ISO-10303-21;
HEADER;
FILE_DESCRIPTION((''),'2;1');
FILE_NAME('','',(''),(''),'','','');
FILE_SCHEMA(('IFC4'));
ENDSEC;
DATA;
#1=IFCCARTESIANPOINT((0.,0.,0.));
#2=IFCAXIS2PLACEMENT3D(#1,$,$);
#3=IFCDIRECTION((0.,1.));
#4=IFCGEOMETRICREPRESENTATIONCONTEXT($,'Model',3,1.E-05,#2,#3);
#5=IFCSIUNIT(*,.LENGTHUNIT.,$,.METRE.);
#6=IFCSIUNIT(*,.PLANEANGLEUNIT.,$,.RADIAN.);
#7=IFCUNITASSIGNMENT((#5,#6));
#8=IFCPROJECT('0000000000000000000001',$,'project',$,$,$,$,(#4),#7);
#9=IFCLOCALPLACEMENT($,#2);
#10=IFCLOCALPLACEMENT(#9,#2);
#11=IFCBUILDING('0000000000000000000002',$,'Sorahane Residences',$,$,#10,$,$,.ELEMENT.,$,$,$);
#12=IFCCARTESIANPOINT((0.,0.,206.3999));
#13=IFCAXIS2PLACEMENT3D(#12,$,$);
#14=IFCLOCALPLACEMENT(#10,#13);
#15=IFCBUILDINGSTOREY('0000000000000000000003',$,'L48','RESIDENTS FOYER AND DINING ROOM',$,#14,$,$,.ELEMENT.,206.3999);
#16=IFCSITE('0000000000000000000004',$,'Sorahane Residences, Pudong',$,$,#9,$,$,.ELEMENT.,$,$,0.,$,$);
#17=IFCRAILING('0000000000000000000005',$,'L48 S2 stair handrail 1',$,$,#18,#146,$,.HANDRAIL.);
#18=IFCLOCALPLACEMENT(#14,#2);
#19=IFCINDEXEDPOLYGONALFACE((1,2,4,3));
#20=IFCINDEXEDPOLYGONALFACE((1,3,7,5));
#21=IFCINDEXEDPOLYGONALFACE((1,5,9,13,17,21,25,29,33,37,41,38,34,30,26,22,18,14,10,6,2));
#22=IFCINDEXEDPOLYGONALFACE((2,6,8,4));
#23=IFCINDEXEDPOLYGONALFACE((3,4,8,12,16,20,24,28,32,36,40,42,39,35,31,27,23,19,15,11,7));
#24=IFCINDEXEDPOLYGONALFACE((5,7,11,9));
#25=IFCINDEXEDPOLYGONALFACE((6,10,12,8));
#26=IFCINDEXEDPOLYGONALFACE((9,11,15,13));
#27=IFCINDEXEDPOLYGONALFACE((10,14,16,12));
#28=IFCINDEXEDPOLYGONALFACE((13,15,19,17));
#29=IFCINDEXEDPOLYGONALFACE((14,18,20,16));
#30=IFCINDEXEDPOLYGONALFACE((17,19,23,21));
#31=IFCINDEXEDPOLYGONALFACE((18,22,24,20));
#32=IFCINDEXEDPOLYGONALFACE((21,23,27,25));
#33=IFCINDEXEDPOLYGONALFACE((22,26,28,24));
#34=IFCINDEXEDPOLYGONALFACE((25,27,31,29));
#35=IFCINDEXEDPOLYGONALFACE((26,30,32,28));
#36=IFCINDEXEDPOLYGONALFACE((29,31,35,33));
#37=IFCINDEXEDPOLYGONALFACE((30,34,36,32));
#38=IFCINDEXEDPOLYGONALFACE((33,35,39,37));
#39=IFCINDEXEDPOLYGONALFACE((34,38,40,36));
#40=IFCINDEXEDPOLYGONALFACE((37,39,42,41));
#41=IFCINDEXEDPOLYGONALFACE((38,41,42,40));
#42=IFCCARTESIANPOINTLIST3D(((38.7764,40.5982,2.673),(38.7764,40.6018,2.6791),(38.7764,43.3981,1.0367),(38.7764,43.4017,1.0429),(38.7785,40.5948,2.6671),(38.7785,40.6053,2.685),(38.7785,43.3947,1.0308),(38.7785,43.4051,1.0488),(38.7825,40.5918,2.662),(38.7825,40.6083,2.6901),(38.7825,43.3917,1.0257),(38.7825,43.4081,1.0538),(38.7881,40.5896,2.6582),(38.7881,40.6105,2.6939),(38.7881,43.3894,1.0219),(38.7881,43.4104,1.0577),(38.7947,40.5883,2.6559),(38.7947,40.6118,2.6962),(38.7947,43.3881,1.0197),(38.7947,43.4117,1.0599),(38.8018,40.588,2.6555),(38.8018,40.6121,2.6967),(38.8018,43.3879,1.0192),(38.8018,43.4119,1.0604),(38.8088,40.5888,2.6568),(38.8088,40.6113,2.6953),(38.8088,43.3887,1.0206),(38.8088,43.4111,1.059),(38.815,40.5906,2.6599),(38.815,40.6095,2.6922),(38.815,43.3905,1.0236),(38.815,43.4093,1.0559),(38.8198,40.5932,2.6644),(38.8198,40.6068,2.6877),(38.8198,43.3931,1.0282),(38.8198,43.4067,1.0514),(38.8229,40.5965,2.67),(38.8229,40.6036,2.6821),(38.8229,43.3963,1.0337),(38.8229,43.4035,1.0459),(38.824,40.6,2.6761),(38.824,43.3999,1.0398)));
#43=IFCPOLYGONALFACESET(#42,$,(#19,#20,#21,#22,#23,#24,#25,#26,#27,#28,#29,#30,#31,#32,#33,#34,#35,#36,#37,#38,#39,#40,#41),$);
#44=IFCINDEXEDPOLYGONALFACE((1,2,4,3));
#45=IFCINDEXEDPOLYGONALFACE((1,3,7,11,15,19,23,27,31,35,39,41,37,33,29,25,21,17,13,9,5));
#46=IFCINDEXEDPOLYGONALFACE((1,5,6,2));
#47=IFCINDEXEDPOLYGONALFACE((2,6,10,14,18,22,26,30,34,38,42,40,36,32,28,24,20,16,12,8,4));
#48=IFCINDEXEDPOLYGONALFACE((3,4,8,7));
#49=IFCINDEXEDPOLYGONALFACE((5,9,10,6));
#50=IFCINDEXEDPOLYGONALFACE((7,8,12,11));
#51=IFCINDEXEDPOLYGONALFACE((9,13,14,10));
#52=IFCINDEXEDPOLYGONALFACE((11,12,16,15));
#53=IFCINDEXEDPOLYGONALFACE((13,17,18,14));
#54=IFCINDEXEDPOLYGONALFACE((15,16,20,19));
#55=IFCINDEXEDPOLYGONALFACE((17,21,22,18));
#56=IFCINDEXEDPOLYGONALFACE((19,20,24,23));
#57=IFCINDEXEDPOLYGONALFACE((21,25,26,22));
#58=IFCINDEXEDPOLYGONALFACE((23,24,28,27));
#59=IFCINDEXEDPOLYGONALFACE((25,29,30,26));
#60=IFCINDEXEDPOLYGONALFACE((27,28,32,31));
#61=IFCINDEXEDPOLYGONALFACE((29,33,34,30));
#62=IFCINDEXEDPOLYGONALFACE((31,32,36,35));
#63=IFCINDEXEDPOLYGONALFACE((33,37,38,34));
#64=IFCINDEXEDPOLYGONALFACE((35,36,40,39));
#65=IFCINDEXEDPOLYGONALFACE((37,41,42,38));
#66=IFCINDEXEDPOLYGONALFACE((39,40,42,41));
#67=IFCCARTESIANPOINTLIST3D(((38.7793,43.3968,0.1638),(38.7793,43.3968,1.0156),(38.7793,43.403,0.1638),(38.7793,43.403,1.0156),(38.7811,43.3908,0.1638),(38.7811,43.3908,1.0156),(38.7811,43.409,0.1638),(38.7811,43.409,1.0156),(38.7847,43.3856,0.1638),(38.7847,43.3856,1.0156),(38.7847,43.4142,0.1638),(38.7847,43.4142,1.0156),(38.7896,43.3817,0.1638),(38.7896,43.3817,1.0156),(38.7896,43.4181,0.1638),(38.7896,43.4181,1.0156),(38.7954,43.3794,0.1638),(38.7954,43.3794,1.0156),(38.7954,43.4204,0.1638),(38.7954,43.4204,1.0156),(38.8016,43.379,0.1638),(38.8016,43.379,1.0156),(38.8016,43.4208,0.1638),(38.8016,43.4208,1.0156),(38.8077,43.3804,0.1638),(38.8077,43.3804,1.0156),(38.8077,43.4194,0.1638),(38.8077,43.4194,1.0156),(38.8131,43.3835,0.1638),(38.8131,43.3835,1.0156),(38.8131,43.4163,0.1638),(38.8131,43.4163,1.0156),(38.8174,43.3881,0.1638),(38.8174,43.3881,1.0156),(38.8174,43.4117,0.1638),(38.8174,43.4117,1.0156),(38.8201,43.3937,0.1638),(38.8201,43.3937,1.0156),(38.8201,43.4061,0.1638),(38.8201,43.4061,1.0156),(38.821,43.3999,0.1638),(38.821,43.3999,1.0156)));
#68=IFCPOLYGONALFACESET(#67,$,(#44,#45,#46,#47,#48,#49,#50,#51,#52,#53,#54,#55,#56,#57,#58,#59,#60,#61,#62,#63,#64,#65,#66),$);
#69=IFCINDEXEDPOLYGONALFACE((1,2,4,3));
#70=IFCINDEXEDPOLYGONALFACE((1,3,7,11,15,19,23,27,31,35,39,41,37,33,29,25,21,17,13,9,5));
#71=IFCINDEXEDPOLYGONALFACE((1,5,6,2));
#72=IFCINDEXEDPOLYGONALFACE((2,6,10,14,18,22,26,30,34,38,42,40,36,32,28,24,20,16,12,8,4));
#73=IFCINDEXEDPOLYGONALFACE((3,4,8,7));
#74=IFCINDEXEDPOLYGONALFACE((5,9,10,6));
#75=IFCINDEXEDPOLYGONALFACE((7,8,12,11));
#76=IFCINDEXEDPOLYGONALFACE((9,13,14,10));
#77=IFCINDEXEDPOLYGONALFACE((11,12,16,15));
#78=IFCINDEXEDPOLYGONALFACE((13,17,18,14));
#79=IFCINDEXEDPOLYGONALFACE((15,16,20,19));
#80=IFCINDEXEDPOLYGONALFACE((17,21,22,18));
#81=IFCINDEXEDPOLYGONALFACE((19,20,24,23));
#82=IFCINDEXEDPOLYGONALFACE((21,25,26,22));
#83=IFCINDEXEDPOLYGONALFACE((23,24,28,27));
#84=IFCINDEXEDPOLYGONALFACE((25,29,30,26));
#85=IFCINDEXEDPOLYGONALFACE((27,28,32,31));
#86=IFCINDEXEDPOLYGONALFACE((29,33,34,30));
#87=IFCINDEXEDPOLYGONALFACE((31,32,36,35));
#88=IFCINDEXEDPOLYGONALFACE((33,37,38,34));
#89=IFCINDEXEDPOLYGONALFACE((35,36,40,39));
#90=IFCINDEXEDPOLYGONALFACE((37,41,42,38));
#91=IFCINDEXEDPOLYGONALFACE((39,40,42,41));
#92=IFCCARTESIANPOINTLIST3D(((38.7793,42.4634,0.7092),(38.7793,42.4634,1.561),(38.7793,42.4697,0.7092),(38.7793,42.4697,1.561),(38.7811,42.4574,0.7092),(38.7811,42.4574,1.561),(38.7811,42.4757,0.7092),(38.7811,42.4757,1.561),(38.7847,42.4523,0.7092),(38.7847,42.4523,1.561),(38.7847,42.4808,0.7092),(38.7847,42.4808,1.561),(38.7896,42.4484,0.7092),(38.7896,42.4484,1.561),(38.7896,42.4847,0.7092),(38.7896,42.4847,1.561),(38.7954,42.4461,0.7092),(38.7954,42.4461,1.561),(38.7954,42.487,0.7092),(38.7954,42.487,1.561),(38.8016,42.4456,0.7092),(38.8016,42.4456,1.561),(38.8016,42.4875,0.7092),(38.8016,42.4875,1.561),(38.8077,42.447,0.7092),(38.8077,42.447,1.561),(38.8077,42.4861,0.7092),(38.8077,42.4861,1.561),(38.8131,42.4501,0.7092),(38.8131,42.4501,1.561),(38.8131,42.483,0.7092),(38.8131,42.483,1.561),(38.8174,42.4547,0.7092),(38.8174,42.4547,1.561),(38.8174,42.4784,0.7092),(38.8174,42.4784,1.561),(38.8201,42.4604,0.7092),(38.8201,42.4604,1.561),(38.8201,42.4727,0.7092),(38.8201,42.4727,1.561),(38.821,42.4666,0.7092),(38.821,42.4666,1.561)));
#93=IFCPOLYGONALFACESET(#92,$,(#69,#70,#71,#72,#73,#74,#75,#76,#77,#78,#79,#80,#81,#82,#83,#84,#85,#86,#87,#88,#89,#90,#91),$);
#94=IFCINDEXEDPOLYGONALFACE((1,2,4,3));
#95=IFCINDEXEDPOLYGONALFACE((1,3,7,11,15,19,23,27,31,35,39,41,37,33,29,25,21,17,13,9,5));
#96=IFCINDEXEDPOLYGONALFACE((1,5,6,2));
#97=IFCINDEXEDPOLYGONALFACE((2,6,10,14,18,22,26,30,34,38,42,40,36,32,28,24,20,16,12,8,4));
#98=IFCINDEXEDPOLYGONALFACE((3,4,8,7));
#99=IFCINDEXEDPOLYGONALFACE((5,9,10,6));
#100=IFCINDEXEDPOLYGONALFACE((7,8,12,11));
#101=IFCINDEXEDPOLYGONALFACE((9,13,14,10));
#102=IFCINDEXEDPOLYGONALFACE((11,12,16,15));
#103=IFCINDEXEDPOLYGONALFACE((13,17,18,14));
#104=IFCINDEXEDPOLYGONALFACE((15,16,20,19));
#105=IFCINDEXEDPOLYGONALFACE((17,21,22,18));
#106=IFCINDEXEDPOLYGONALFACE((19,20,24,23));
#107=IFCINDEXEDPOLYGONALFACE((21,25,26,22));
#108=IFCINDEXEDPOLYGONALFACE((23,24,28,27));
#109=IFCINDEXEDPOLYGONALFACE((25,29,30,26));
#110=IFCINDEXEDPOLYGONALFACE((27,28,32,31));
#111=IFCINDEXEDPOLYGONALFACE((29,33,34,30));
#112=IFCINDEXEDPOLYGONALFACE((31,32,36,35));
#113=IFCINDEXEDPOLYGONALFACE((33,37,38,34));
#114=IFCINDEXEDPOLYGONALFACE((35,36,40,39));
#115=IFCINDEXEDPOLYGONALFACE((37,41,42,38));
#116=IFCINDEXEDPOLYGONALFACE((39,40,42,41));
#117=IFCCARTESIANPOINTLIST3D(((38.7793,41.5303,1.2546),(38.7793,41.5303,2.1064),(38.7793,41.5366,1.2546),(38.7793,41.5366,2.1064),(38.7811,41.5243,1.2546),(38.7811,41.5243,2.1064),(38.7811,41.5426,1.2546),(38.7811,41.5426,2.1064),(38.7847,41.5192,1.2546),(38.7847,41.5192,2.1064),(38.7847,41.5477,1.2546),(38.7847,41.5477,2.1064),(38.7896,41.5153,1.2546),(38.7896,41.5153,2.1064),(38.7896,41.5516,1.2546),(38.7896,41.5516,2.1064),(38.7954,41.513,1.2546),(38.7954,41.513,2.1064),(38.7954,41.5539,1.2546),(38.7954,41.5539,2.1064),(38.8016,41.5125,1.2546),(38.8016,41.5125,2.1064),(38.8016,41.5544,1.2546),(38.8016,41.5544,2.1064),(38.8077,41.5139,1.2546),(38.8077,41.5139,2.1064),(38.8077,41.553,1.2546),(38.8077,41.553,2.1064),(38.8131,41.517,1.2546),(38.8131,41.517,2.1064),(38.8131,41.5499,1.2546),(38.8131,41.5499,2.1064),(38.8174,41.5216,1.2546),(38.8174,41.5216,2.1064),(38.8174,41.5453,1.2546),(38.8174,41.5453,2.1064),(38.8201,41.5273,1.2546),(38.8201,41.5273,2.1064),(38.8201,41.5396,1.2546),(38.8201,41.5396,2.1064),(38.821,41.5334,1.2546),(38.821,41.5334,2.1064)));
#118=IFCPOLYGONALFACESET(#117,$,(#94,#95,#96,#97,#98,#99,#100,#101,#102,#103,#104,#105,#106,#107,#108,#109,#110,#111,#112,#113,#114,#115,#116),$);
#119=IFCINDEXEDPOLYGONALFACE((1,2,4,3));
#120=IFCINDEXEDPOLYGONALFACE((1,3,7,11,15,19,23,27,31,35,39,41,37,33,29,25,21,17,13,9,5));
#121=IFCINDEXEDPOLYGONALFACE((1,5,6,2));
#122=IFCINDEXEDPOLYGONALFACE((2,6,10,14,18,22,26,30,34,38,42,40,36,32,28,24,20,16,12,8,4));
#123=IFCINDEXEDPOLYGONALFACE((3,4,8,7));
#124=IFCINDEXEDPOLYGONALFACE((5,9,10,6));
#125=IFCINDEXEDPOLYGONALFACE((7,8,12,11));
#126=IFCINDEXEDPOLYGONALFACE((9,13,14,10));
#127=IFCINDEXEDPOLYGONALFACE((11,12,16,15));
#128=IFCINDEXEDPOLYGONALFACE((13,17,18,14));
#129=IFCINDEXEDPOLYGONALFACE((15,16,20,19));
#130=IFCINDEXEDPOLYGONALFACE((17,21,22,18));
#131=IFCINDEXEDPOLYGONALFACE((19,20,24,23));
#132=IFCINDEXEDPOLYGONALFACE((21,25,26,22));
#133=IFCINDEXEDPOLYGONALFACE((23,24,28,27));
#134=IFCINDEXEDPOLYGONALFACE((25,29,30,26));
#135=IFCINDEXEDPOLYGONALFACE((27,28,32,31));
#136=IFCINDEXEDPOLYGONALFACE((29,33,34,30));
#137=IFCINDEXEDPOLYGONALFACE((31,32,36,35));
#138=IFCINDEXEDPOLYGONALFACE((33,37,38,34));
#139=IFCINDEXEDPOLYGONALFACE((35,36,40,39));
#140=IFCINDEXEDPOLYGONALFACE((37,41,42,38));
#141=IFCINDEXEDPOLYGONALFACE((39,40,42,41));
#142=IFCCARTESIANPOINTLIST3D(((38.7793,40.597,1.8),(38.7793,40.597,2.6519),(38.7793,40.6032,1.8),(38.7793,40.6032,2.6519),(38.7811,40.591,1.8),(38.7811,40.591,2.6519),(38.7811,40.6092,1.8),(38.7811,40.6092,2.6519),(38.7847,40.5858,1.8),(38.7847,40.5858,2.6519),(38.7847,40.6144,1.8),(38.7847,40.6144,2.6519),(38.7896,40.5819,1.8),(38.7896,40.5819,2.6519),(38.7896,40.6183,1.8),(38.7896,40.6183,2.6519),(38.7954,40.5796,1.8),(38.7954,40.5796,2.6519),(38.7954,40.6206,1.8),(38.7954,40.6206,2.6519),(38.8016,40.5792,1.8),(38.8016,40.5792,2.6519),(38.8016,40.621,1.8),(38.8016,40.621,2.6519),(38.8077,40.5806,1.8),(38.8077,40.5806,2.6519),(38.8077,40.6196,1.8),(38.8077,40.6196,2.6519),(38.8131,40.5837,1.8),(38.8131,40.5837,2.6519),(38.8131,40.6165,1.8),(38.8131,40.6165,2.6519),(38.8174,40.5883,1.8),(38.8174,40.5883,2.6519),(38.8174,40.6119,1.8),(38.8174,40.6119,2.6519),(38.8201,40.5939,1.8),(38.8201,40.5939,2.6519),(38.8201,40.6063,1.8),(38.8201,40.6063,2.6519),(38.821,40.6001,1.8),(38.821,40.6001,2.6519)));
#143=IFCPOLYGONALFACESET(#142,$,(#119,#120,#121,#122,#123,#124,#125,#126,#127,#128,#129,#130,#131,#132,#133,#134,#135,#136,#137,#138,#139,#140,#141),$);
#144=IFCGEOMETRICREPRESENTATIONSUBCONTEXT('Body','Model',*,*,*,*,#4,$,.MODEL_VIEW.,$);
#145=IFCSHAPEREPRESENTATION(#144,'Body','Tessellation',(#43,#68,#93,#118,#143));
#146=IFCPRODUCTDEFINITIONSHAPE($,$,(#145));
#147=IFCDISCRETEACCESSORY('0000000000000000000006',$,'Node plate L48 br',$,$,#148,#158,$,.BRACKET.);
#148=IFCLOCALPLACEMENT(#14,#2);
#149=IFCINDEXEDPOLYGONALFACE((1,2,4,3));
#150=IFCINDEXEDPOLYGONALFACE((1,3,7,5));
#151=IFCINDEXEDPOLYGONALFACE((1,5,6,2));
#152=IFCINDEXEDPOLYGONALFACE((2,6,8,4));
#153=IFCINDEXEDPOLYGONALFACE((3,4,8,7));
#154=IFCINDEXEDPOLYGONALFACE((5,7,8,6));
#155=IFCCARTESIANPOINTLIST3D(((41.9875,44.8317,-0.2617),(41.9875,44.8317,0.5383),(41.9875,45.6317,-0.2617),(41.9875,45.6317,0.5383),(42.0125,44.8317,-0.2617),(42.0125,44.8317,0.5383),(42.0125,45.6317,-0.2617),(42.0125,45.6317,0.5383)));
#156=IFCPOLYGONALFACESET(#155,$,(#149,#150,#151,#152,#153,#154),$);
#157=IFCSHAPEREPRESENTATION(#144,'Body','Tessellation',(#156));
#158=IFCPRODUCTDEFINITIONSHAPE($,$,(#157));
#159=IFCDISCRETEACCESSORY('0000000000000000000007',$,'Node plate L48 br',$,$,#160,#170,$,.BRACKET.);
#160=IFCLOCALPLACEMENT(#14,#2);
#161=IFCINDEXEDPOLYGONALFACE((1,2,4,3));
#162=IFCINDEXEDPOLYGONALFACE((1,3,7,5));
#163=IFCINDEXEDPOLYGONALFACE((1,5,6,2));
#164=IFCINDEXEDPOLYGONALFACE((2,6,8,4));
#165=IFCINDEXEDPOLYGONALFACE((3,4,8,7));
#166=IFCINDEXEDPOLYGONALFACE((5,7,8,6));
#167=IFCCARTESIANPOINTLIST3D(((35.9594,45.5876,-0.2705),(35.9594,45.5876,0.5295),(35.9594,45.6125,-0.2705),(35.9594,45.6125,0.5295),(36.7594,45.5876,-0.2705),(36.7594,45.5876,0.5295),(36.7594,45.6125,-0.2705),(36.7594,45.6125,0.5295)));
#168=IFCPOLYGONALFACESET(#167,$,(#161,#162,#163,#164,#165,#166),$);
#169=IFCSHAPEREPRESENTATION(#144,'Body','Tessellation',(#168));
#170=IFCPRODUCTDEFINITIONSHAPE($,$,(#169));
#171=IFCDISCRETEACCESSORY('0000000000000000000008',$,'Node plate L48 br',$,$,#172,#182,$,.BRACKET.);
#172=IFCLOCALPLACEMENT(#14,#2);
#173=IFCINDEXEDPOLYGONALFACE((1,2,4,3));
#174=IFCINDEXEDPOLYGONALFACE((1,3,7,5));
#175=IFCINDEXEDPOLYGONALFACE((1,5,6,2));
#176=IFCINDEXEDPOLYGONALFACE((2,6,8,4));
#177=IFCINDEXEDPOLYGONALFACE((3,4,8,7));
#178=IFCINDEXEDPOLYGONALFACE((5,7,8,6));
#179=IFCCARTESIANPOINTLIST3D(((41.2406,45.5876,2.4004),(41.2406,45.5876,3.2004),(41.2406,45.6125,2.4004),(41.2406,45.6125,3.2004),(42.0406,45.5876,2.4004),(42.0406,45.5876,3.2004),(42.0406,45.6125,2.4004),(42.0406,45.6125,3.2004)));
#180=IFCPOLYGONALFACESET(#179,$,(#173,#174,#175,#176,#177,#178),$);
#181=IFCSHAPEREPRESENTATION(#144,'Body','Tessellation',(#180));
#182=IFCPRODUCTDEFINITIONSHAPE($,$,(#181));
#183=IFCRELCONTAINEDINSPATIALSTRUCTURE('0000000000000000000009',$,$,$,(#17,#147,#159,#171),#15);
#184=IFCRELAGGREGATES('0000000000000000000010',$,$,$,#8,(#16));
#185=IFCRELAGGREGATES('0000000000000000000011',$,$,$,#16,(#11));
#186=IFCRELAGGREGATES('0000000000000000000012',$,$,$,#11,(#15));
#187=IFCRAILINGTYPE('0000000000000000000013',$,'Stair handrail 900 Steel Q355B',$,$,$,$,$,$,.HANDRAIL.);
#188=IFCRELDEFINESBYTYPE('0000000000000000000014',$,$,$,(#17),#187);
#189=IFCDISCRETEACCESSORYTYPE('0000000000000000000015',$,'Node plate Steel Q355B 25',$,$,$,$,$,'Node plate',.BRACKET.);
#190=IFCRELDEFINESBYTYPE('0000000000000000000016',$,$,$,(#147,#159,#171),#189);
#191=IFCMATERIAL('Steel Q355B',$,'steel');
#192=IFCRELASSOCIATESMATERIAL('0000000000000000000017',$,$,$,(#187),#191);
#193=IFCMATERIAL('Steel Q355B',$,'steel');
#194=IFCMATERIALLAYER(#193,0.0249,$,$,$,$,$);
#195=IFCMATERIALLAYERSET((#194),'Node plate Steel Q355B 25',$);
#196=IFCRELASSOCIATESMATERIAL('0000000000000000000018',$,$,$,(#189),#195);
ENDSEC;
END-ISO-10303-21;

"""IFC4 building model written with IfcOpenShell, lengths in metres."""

from ifc_helpers import new_model, si_unit, direction, frame, origin, origin_2d, place, context, subcontext, project, spatial, rectangle, circle, extrude, material, layer, layer_set, type_object, element, save


model = new_model("IFC4")

# Units and contexts
model_context = context("Model", 3, precision=1e-05, world=origin(), true_north=direction((0.0, 1.0)))
body_context = subcontext(model_context, "Body", "Model", "MODEL_VIEW")
ifc_project = project(units=[si_unit("LENGTHUNIT", "METRE"), si_unit("PLANEANGLEUNIT", "RADIAN")], contexts=[model_context])

# Site, building, storey
site_placement = place(None, origin())
site = spatial("IfcSite", under=ifc_project, at=site_placement, Name="Sorahane Residences, Pudong", CompositionType="ELEMENT", RefElevation=0.0)
building_placement = place(site_placement, origin())
building = spatial("IfcBuilding", under=site, at=building_placement, Name="Sorahane Residences", CompositionType="ELEMENT")
storey_placement = place(building_placement, frame((0.0, 0.0, 206.3999)))
storey = spatial("IfcBuildingStorey", under=building, at=storey_placement, Name="L48", Description="RESIDENTS FOYER AND DINING ROOM", CompositionType="ELEMENT", Elevation=206.3999)

# Railing
ifc_material_1 = material(Name="Steel Q355B", Category="steel")
railing_type_1 = type_object("IfcRailingType", Name="Stair handrail 900 Steel Q355B", PredefinedType="HANDRAIL", material=ifc_material_1)
railing_1_placement = place(storey_placement, frame((38.8, 43.3999, 0.1638)))
element("IfcRailing", 1, at=railing_1_placement, inside=storey, type_object=railing_type_1, Name="L48 S2 stair handrail 1", PredefinedType="HANDRAIL", context=body_context, shape_type="SweptSolid", body=[
    extrude(circle(Radius=0.0239, at=origin_2d()), frame((0.0, 0.0, 0.876), z_axis=(0.0, -0.863374, 0.504564), x_axis=(1.0, 0.0, 0.0)), (0.0, 0.0, 1.0), 3.2429),
    extrude(circle(Radius=0.021, at=origin_2d()), origin(), (0.0, 0.0, 1.0), 0.8518),
    extrude(circle(Radius=0.021, at=origin_2d()), frame((0.0, -0.9333, 0.5454)), (0.0, 0.0, 1.0), 0.8518),
    extrude(circle(Radius=0.021, at=origin_2d()), frame((0.0, -1.8665, 1.0908)), (0.0, 0.0, 1.0), 0.8518),
    extrude(circle(Radius=0.021, at=origin_2d()), frame((0.0, -2.7998, 1.6362)), (0.0, 0.0, 1.0), 0.8518),
])

# Discrete accessories
ifc_material_2 = material(Name="Steel Q355B", Category="steel")
ifc_layer_1 = layer(ifc_material_2, 0.0249)
ifc_layer_set_1 = layer_set([ifc_layer_1], Name="Node plate Steel Q355B 25")
discrete_accessory_type = type_object("IfcDiscreteAccessoryType", Name="Node plate Steel Q355B 25", ElementType="Node plate", PredefinedType="BRACKET", material=ifc_layer_set_1)
for number, where, z_axis, x_axis, name in (
    (2, (42.0, 45.2317, -0.2617), (0.0, 0.0, 1.0), (0.0, 1.0, 0.0), "Node plate L48 br"),
    (3, (36.3594, 45.6001, -0.2705), (0.0, 0.0, 1.0), (1.0, 0.0, 0.0), "Node plate L48 br"),
    (4, (41.6406, 45.6001, 2.4004), (0.0, 0.0, 1.0), (1.0, 0.0, 0.0), "Node plate L48 br"),
):
    element("IfcDiscreteAccessory", number, at=place(storey_placement, frame(where, z_axis=z_axis, x_axis=x_axis)), inside=storey, type_object=discrete_accessory_type, Name=name, PredefinedType="BRACKET", context=body_context, shape_type="SweptSolid", body=[
        extrude(rectangle(XDim=0.8, YDim=0.0249, at=origin_2d()), origin(), (0.0, 0.0, 1.0), 0.8),
    ])

save(model, "model.ifc")
